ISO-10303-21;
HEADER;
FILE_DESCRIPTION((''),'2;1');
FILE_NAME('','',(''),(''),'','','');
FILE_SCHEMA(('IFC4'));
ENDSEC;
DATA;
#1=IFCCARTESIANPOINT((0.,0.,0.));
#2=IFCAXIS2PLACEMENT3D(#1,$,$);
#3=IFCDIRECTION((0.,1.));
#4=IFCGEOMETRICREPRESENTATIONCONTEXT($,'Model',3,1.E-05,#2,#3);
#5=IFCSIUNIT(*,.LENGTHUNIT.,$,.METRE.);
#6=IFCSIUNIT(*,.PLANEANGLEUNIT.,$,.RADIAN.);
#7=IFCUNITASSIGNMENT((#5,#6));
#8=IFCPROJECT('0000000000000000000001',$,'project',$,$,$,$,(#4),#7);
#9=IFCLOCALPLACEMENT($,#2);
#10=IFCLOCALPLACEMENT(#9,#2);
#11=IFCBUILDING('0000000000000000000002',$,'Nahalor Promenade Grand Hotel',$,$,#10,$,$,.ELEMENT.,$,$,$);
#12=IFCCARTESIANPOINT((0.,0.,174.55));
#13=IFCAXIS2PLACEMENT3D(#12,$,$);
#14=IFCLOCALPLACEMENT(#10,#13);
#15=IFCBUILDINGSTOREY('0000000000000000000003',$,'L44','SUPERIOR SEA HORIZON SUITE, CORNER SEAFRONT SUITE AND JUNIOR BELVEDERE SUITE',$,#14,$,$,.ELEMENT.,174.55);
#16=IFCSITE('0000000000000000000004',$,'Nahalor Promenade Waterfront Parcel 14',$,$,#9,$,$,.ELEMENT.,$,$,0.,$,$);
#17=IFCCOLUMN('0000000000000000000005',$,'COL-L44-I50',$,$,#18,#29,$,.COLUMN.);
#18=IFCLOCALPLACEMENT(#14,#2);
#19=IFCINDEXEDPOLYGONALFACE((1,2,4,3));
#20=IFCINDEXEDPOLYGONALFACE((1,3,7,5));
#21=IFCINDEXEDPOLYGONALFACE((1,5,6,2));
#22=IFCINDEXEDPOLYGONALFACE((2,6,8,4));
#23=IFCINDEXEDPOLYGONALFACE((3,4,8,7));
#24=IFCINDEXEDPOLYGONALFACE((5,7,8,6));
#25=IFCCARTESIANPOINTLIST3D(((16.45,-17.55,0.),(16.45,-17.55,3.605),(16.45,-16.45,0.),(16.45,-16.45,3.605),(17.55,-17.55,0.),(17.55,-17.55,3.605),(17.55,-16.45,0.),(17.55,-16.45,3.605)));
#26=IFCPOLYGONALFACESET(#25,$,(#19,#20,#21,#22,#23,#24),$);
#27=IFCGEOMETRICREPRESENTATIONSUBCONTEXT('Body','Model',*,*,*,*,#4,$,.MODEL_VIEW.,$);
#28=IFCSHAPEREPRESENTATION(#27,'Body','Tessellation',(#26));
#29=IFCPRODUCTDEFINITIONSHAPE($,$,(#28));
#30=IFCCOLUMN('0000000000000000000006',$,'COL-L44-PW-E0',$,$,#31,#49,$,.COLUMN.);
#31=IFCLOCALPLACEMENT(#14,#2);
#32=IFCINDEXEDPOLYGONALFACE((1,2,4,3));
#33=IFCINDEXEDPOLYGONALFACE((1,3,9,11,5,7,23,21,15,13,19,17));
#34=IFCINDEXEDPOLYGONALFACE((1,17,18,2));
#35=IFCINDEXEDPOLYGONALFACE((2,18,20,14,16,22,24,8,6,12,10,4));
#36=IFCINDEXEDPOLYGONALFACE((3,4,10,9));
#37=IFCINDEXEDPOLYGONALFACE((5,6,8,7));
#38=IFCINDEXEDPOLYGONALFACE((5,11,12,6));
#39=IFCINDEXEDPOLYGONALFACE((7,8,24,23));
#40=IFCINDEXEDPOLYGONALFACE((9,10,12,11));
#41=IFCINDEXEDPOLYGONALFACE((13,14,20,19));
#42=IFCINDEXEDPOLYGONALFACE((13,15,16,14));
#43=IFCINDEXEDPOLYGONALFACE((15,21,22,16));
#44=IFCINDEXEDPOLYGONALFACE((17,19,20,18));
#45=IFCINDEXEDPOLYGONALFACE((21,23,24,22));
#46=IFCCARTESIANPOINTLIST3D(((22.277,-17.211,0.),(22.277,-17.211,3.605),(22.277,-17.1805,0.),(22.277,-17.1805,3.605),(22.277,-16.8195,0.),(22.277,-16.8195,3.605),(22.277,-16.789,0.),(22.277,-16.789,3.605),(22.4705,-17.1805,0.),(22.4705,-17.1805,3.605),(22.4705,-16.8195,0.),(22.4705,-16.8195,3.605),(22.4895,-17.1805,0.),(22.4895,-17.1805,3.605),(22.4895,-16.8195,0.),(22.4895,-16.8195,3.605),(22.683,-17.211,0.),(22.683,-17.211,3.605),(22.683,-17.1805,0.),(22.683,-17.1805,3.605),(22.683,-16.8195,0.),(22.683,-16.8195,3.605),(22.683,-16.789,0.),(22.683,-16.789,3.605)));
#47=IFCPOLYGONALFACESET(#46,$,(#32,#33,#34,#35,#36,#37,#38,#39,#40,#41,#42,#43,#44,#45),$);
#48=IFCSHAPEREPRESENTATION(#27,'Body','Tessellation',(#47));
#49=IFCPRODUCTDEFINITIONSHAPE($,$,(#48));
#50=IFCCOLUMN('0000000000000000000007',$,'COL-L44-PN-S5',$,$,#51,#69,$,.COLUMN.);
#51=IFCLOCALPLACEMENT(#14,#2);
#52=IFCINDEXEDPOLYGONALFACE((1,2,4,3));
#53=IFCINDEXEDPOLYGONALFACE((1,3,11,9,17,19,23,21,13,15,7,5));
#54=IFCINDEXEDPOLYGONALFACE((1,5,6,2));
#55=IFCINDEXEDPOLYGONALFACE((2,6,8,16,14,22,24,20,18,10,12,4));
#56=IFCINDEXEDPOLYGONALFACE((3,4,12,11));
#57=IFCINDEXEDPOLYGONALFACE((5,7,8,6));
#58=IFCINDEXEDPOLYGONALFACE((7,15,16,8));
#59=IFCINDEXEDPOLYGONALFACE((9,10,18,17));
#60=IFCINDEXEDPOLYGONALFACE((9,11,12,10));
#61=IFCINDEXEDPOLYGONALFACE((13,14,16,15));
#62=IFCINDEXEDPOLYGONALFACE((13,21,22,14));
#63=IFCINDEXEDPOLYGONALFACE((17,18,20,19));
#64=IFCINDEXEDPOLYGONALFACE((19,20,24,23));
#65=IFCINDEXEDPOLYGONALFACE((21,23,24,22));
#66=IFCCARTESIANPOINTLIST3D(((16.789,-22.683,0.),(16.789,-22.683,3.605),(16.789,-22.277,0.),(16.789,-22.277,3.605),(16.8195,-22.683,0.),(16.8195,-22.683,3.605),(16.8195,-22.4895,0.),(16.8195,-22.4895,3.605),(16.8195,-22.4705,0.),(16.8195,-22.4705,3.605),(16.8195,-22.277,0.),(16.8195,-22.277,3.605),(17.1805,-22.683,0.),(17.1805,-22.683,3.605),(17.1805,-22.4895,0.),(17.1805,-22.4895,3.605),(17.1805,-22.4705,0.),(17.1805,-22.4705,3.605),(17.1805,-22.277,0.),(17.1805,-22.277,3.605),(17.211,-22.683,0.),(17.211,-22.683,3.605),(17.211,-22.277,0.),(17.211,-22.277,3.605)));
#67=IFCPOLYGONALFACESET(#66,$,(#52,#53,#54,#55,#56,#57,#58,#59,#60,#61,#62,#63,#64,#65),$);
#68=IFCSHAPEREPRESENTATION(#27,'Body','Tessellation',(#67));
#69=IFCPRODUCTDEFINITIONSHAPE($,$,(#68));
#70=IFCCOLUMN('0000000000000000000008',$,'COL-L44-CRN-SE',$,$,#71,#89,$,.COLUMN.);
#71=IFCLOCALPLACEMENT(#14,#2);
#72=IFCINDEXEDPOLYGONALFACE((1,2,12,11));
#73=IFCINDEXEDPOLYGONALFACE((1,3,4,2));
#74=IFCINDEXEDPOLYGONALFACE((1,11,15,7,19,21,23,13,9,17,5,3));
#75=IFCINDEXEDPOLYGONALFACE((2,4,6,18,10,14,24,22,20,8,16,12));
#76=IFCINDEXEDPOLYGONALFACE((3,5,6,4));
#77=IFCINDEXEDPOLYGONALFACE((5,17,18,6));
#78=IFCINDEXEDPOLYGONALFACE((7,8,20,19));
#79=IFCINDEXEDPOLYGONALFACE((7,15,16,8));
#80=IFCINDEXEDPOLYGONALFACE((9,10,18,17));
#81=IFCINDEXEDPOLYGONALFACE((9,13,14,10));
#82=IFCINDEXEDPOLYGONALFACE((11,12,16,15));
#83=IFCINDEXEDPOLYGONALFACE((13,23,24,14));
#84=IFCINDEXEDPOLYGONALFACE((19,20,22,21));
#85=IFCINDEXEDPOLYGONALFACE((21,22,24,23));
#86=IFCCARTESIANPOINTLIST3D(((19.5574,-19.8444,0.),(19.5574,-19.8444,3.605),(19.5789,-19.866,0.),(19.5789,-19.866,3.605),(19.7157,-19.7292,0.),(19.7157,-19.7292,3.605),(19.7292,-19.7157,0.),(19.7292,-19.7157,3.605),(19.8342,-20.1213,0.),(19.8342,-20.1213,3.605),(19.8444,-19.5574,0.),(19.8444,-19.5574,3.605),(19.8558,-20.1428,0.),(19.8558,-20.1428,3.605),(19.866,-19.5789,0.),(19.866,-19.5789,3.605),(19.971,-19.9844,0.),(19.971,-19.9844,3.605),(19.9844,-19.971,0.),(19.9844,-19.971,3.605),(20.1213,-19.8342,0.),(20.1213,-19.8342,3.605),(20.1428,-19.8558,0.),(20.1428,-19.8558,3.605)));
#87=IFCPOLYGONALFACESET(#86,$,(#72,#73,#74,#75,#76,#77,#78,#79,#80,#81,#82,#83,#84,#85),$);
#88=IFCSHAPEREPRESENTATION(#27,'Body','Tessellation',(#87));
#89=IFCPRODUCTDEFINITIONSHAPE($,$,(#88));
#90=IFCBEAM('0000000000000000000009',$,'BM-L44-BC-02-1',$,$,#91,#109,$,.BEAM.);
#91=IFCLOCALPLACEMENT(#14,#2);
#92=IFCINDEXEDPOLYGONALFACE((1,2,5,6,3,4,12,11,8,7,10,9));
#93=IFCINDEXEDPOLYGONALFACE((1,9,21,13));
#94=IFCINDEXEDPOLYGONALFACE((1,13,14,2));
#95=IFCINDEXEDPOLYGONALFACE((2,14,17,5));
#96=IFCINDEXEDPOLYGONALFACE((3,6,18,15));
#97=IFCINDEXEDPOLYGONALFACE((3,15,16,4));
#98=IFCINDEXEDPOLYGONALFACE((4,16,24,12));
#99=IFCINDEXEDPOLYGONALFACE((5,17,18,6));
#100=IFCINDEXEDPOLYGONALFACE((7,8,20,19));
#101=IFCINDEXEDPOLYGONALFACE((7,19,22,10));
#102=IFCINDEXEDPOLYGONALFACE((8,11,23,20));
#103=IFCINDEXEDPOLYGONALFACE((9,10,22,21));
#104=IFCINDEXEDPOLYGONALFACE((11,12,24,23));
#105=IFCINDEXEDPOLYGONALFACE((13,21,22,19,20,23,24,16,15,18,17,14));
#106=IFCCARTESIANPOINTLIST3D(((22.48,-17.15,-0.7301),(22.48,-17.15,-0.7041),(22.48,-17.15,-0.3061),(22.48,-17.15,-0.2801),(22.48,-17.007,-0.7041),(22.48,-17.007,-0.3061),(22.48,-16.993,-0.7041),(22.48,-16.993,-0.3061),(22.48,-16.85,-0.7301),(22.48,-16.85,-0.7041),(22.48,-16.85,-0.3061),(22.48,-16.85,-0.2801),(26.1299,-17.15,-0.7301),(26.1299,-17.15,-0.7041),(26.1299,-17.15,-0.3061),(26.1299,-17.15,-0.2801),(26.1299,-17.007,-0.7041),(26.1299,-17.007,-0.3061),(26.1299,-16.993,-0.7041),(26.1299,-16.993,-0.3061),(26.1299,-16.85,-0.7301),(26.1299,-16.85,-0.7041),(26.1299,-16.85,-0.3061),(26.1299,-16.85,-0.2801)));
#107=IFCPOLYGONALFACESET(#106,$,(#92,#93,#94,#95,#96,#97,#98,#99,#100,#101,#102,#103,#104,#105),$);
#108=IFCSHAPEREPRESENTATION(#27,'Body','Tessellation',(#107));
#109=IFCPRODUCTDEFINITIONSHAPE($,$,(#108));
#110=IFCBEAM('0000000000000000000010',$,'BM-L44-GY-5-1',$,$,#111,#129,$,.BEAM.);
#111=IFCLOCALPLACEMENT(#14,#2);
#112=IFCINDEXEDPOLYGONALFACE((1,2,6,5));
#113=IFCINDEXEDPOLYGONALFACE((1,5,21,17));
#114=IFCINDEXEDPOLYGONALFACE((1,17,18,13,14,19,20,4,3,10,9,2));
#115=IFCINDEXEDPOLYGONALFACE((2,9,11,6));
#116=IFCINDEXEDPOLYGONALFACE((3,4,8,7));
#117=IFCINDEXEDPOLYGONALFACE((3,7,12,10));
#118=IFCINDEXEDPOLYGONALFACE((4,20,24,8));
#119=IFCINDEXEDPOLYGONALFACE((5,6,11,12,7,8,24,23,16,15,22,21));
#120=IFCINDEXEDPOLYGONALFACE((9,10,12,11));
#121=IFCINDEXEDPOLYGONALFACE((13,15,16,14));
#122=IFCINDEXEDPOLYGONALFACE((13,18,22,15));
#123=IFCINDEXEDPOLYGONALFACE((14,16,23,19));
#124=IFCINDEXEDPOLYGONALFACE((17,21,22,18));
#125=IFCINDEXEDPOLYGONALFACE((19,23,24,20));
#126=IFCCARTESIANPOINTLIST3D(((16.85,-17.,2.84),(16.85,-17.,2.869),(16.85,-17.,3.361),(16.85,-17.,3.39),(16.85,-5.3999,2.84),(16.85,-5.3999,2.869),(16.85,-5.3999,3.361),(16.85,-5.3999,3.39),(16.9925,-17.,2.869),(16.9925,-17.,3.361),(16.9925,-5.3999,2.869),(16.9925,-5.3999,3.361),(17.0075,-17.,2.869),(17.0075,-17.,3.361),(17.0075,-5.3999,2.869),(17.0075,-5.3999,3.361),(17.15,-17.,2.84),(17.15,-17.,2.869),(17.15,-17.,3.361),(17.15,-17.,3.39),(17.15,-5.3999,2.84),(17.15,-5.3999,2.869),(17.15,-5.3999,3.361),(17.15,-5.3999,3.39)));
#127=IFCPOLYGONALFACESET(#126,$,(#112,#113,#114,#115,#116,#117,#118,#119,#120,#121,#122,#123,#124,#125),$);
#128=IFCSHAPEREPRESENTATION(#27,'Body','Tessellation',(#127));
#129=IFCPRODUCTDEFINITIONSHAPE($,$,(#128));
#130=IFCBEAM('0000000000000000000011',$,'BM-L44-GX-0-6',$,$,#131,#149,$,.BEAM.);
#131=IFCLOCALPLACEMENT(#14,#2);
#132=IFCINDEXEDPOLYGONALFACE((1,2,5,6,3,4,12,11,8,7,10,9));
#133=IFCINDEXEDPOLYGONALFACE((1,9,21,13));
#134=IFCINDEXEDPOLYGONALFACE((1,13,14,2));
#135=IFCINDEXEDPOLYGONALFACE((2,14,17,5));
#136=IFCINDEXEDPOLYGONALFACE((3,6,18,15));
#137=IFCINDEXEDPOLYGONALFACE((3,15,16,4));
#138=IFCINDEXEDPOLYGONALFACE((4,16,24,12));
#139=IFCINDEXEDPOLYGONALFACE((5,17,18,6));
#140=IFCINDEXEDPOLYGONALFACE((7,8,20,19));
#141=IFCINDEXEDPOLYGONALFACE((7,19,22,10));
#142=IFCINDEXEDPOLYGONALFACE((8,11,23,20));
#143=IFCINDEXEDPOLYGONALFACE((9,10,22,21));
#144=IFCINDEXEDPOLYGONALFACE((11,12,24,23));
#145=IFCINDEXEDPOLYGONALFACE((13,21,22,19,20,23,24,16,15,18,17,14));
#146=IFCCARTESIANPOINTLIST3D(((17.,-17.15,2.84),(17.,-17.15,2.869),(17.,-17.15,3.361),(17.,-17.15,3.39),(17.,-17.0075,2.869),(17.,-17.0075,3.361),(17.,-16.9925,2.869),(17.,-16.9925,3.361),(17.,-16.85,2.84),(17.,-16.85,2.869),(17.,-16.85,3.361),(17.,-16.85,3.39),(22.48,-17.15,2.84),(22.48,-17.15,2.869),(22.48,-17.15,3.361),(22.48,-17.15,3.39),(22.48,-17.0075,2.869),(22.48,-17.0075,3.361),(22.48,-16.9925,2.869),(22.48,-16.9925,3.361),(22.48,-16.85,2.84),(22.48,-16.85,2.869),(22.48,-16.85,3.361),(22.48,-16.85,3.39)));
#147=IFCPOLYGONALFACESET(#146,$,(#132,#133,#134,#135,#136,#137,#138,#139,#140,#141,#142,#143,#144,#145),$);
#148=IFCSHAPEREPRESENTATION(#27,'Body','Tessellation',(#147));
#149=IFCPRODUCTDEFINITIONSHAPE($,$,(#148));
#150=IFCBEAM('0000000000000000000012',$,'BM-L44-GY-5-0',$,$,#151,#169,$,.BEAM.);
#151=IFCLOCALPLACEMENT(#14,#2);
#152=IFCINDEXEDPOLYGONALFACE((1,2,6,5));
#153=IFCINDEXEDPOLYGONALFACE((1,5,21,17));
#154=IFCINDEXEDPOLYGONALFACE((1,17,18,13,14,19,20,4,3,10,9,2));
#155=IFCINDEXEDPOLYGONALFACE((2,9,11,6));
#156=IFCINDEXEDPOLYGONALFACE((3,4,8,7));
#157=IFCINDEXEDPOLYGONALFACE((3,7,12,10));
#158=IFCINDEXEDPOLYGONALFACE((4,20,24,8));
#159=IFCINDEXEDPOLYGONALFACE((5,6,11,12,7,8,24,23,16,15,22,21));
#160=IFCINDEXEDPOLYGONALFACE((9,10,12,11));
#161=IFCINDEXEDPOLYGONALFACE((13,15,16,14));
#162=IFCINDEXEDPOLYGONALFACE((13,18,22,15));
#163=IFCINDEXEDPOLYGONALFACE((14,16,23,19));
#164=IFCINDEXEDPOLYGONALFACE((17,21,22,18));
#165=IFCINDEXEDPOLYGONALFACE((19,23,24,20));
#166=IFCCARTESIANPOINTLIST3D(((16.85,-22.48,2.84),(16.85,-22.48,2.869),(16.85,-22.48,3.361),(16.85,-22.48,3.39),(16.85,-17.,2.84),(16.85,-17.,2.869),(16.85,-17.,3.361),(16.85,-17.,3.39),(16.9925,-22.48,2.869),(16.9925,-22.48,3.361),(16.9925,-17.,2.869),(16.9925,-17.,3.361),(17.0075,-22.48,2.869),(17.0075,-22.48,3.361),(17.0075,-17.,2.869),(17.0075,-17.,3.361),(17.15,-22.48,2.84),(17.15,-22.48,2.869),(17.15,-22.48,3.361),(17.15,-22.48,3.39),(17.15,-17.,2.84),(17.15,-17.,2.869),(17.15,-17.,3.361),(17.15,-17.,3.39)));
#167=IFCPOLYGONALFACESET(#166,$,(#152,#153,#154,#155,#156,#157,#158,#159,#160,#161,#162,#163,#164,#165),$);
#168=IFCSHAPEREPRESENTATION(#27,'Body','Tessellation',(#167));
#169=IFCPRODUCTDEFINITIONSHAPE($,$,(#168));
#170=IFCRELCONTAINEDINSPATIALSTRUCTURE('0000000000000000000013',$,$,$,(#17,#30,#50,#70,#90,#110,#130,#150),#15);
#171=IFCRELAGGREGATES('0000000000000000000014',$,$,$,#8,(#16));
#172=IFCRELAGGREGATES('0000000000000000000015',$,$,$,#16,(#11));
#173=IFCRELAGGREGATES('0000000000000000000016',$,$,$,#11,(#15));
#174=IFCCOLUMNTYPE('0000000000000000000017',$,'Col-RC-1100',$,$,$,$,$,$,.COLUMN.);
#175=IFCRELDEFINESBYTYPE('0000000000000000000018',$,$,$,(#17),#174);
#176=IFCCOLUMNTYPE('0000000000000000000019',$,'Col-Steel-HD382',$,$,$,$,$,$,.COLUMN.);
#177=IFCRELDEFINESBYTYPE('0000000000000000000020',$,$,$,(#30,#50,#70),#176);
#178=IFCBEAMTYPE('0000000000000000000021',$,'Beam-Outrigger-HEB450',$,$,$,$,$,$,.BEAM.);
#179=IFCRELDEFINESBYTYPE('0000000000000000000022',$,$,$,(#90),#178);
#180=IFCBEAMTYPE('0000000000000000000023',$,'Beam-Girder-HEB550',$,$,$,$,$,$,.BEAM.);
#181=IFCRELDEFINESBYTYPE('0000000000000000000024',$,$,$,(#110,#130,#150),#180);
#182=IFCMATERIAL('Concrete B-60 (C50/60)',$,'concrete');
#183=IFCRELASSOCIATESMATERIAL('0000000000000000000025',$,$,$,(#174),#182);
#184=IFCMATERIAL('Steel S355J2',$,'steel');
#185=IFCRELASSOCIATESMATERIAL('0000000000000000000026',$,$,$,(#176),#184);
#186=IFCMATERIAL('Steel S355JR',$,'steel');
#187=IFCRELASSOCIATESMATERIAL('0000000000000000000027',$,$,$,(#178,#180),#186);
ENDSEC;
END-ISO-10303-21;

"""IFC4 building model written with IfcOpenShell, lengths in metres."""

from ifc_helpers import new_model, si_unit, direction, frame, origin, origin_2d, place, context, subcontext, project, spatial, rectangle, i_section, extrude, source, transform, mapped, material, material_profile, profile_set, type_object, element, save


model = new_model("IFC4")

# Units and contexts
model_context = context("Model", 3, precision=1e-05, world=origin(), true_north=direction((0.0, 1.0)))
body_context = subcontext(model_context, "Body", "Model", "MODEL_VIEW")
ifc_project = project(units=[si_unit("LENGTHUNIT", "METRE"), si_unit("PLANEANGLEUNIT", "RADIAN")], contexts=[model_context])

# Site, building, storey
site_placement = place(None, origin())
site = spatial("IfcSite", under=ifc_project, at=site_placement, Name="Nahalor Promenade Waterfront Parcel 14", CompositionType="ELEMENT", RefElevation=0.0)
building_placement = place(site_placement, origin())
building = spatial("IfcBuilding", under=site, at=building_placement, Name="Nahalor Promenade Grand Hotel", CompositionType="ELEMENT")
storey_placement = place(building_placement, frame((0.0, 0.0, 174.55)))
storey = spatial("IfcBuildingStorey", under=building, at=storey_placement, Name="L44", Description="SUPERIOR SEA HORIZON SUITE, CORNER SEAFRONT SUITE AND JUNIOR BELVEDERE SUITE", CompositionType="ELEMENT", Elevation=174.55)

# Columns
ifc_material_1 = material(Name="Concrete B-60 (C50/60)", Category="concrete")
ifc_material_profile_1 = material_profile(ifc_material_1, rectangle(XDim=1.1, YDim=1.1, at=origin_2d()), Name="RC 1100x1100")
ifc_profile_set_1 = profile_set([ifc_material_profile_1], Name="Concrete B-60 (C50/60)")
column_type_1 = type_object("IfcColumnType", Name="Col-RC-1100", PredefinedType="COLUMN", material=ifc_profile_set_1)
shared_shape_1 = source(origin(), body_context, "Body", "SweptSolid", [
    extrude(rectangle(XDim=1.1, YDim=1.1, at=origin_2d()), origin(), (0.0, 0.0, 1.0), 3.605),
])
column_placement = place(storey_placement, frame((17.0, -17.0, 0.0), z_axis=(0.0, 0.0, 1.0), x_axis=(1.0, 0.0, 0.0)))
element("IfcColumn", 1, at=column_placement, inside=storey, type_object=column_type_1, Name="COL-L44-I50", PredefinedType="COLUMN", context=body_context, shape_type="MappedRepresentation", body=[
    mapped(shared_shape_1, transform((0.0, 0.0, 0.0), scale=1.0)),
])
ifc_material_2 = material(Name="Steel S355J2", Category="steel")
ifc_material_profile_2 = material_profile(ifc_material_2, i_section(OverallWidth=0.406, OverallDepth=0.422, WebThickness=0.019, FlangeThickness=0.0305, at=origin_2d()), Name="HD 400x382")
ifc_profile_set_2 = profile_set([ifc_material_profile_2], Name="Steel S355J2")
column_type_2 = type_object("IfcColumnType", Name="Col-Steel-HD382", PredefinedType="COLUMN", material=ifc_profile_set_2)
shared_shape_2 = source(origin(), body_context, "Body", "SweptSolid", [
    extrude(i_section(OverallWidth=0.406, OverallDepth=0.422, WebThickness=0.019, FlangeThickness=0.0305, at=origin_2d()), origin(), (0.0, 0.0, 1.0), 3.605),
])
for number, where, z_axis, x_axis, name in (
    (2, (22.48, -17.0, 0.0), (0.0, 0.0, 1.0), (1.0, 0.0, 0.0), "COL-L44-PW-E0"),
    (3, (17.0, -22.48, 0.0), (0.0, 0.0, 1.0), (0.0, 1.0, 0.0), "COL-L44-PN-S5"),
    (4, (19.8501, -19.8501, 0.0), (0.0, 0.0, 1.0), (0.707107, 0.707107, 0.0), "COL-L44-CRN-SE"),
):
    element("IfcColumn", number, at=place(storey_placement, frame(where, z_axis=z_axis, x_axis=x_axis)), inside=storey, type_object=column_type_2, Name=name, PredefinedType="COLUMN", context=body_context, shape_type="MappedRepresentation", body=[
        mapped(shared_shape_2, transform((0.0, 0.0, 0.0), scale=1.0)),
    ])

# Beams
ifc_material_3 = material(Name="Steel S355JR", Category="steel")
ifc_material_profile_3 = material_profile(ifc_material_3, i_section(OverallWidth=0.3, OverallDepth=0.45, WebThickness=0.014, FlangeThickness=0.026, at=origin_2d()), Name="HEB 450")
ifc_profile_set_3 = profile_set([ifc_material_profile_3], Name="Steel S355JR")
beam_type_1 = type_object("IfcBeamType", Name="Beam-Outrigger-HEB450", PredefinedType="BEAM", material=ifc_profile_set_3)
shared_shape_3 = source(origin(), body_context, "Body", "SweptSolid", [
    extrude(i_section(OverallWidth=0.3, OverallDepth=0.45, WebThickness=0.014, FlangeThickness=0.026, at=origin_2d()), origin(), (0.0, 0.0, 1.0), 3.6499),
])
beam_1_placement = place(storey_placement, frame((22.48, -17.0, -0.5051), z_axis=(1.0, 0.0, 0.0), x_axis=(0.0, 1.0, 0.0)))
element("IfcBeam", 5, at=beam_1_placement, inside=storey, type_object=beam_type_1, Name="BM-L44-BC-02-1", PredefinedType="BEAM", context=body_context, shape_type="MappedRepresentation", body=[
    mapped(shared_shape_3, transform((0.0, 0.0, 0.0), scale=1.0)),
])
ifc_material_profile_4 = material_profile(ifc_material_3, i_section(OverallWidth=0.3, OverallDepth=0.55, WebThickness=0.015, FlangeThickness=0.029, at=origin_2d()), Name="HEB 550")
ifc_profile_set_4 = profile_set([ifc_material_profile_4], Name="Steel S355JR")
beam_type_2 = type_object("IfcBeamType", Name="Beam-Girder-HEB550", PredefinedType="BEAM", material=ifc_profile_set_4)
shared_shape_4 = source(origin(), body_context, "Body", "SweptSolid", [
    extrude(i_section(OverallWidth=0.3, OverallDepth=0.55, WebThickness=0.015, FlangeThickness=0.029, at=origin_2d()), origin(), (0.0, 0.0, 1.0), 11.6001),
])
beam_2_placement = place(storey_placement, frame((17.0, -17.0, 3.115), z_axis=(0.0, 1.0, 0.0), x_axis=(-1.0, 0.0, 0.0)))
element("IfcBeam", 6, at=beam_2_placement, inside=storey, type_object=beam_type_2, Name="BM-L44-GY-5-1", PredefinedType="BEAM", context=body_context, shape_type="MappedRepresentation", body=[
    mapped(shared_shape_4, transform((0.0, 0.0, 0.0), scale=1.0)),
])
shared_shape_5 = source(origin(), body_context, "Body", "SweptSolid", [
    extrude(i_section(OverallWidth=0.3, OverallDepth=0.55, WebThickness=0.015, FlangeThickness=0.029, at=origin_2d()), origin(), (0.0, 0.0, 1.0), 5.48),
])
for number, where, z_axis, x_axis, name in (
    (7, (17.0, -17.0, 3.115), (1.0, 0.0, 0.0), (0.0, 1.0, 0.0), "BM-L44-GX-0-6"),
    (8, (17.0, -22.48, 3.115), (0.0, 1.0, 0.0), (-1.0, 0.0, 0.0), "BM-L44-GY-5-0"),
):
    element("IfcBeam", number, at=place(storey_placement, frame(where, z_axis=z_axis, x_axis=x_axis)), inside=storey, type_object=beam_type_2, Name=name, PredefinedType="BEAM", context=body_context, shape_type="MappedRepresentation", body=[
        mapped(shared_shape_5, transform((0.0, 0.0, 0.0), scale=1.0)),
    ])

save(model, "model.ifc")
